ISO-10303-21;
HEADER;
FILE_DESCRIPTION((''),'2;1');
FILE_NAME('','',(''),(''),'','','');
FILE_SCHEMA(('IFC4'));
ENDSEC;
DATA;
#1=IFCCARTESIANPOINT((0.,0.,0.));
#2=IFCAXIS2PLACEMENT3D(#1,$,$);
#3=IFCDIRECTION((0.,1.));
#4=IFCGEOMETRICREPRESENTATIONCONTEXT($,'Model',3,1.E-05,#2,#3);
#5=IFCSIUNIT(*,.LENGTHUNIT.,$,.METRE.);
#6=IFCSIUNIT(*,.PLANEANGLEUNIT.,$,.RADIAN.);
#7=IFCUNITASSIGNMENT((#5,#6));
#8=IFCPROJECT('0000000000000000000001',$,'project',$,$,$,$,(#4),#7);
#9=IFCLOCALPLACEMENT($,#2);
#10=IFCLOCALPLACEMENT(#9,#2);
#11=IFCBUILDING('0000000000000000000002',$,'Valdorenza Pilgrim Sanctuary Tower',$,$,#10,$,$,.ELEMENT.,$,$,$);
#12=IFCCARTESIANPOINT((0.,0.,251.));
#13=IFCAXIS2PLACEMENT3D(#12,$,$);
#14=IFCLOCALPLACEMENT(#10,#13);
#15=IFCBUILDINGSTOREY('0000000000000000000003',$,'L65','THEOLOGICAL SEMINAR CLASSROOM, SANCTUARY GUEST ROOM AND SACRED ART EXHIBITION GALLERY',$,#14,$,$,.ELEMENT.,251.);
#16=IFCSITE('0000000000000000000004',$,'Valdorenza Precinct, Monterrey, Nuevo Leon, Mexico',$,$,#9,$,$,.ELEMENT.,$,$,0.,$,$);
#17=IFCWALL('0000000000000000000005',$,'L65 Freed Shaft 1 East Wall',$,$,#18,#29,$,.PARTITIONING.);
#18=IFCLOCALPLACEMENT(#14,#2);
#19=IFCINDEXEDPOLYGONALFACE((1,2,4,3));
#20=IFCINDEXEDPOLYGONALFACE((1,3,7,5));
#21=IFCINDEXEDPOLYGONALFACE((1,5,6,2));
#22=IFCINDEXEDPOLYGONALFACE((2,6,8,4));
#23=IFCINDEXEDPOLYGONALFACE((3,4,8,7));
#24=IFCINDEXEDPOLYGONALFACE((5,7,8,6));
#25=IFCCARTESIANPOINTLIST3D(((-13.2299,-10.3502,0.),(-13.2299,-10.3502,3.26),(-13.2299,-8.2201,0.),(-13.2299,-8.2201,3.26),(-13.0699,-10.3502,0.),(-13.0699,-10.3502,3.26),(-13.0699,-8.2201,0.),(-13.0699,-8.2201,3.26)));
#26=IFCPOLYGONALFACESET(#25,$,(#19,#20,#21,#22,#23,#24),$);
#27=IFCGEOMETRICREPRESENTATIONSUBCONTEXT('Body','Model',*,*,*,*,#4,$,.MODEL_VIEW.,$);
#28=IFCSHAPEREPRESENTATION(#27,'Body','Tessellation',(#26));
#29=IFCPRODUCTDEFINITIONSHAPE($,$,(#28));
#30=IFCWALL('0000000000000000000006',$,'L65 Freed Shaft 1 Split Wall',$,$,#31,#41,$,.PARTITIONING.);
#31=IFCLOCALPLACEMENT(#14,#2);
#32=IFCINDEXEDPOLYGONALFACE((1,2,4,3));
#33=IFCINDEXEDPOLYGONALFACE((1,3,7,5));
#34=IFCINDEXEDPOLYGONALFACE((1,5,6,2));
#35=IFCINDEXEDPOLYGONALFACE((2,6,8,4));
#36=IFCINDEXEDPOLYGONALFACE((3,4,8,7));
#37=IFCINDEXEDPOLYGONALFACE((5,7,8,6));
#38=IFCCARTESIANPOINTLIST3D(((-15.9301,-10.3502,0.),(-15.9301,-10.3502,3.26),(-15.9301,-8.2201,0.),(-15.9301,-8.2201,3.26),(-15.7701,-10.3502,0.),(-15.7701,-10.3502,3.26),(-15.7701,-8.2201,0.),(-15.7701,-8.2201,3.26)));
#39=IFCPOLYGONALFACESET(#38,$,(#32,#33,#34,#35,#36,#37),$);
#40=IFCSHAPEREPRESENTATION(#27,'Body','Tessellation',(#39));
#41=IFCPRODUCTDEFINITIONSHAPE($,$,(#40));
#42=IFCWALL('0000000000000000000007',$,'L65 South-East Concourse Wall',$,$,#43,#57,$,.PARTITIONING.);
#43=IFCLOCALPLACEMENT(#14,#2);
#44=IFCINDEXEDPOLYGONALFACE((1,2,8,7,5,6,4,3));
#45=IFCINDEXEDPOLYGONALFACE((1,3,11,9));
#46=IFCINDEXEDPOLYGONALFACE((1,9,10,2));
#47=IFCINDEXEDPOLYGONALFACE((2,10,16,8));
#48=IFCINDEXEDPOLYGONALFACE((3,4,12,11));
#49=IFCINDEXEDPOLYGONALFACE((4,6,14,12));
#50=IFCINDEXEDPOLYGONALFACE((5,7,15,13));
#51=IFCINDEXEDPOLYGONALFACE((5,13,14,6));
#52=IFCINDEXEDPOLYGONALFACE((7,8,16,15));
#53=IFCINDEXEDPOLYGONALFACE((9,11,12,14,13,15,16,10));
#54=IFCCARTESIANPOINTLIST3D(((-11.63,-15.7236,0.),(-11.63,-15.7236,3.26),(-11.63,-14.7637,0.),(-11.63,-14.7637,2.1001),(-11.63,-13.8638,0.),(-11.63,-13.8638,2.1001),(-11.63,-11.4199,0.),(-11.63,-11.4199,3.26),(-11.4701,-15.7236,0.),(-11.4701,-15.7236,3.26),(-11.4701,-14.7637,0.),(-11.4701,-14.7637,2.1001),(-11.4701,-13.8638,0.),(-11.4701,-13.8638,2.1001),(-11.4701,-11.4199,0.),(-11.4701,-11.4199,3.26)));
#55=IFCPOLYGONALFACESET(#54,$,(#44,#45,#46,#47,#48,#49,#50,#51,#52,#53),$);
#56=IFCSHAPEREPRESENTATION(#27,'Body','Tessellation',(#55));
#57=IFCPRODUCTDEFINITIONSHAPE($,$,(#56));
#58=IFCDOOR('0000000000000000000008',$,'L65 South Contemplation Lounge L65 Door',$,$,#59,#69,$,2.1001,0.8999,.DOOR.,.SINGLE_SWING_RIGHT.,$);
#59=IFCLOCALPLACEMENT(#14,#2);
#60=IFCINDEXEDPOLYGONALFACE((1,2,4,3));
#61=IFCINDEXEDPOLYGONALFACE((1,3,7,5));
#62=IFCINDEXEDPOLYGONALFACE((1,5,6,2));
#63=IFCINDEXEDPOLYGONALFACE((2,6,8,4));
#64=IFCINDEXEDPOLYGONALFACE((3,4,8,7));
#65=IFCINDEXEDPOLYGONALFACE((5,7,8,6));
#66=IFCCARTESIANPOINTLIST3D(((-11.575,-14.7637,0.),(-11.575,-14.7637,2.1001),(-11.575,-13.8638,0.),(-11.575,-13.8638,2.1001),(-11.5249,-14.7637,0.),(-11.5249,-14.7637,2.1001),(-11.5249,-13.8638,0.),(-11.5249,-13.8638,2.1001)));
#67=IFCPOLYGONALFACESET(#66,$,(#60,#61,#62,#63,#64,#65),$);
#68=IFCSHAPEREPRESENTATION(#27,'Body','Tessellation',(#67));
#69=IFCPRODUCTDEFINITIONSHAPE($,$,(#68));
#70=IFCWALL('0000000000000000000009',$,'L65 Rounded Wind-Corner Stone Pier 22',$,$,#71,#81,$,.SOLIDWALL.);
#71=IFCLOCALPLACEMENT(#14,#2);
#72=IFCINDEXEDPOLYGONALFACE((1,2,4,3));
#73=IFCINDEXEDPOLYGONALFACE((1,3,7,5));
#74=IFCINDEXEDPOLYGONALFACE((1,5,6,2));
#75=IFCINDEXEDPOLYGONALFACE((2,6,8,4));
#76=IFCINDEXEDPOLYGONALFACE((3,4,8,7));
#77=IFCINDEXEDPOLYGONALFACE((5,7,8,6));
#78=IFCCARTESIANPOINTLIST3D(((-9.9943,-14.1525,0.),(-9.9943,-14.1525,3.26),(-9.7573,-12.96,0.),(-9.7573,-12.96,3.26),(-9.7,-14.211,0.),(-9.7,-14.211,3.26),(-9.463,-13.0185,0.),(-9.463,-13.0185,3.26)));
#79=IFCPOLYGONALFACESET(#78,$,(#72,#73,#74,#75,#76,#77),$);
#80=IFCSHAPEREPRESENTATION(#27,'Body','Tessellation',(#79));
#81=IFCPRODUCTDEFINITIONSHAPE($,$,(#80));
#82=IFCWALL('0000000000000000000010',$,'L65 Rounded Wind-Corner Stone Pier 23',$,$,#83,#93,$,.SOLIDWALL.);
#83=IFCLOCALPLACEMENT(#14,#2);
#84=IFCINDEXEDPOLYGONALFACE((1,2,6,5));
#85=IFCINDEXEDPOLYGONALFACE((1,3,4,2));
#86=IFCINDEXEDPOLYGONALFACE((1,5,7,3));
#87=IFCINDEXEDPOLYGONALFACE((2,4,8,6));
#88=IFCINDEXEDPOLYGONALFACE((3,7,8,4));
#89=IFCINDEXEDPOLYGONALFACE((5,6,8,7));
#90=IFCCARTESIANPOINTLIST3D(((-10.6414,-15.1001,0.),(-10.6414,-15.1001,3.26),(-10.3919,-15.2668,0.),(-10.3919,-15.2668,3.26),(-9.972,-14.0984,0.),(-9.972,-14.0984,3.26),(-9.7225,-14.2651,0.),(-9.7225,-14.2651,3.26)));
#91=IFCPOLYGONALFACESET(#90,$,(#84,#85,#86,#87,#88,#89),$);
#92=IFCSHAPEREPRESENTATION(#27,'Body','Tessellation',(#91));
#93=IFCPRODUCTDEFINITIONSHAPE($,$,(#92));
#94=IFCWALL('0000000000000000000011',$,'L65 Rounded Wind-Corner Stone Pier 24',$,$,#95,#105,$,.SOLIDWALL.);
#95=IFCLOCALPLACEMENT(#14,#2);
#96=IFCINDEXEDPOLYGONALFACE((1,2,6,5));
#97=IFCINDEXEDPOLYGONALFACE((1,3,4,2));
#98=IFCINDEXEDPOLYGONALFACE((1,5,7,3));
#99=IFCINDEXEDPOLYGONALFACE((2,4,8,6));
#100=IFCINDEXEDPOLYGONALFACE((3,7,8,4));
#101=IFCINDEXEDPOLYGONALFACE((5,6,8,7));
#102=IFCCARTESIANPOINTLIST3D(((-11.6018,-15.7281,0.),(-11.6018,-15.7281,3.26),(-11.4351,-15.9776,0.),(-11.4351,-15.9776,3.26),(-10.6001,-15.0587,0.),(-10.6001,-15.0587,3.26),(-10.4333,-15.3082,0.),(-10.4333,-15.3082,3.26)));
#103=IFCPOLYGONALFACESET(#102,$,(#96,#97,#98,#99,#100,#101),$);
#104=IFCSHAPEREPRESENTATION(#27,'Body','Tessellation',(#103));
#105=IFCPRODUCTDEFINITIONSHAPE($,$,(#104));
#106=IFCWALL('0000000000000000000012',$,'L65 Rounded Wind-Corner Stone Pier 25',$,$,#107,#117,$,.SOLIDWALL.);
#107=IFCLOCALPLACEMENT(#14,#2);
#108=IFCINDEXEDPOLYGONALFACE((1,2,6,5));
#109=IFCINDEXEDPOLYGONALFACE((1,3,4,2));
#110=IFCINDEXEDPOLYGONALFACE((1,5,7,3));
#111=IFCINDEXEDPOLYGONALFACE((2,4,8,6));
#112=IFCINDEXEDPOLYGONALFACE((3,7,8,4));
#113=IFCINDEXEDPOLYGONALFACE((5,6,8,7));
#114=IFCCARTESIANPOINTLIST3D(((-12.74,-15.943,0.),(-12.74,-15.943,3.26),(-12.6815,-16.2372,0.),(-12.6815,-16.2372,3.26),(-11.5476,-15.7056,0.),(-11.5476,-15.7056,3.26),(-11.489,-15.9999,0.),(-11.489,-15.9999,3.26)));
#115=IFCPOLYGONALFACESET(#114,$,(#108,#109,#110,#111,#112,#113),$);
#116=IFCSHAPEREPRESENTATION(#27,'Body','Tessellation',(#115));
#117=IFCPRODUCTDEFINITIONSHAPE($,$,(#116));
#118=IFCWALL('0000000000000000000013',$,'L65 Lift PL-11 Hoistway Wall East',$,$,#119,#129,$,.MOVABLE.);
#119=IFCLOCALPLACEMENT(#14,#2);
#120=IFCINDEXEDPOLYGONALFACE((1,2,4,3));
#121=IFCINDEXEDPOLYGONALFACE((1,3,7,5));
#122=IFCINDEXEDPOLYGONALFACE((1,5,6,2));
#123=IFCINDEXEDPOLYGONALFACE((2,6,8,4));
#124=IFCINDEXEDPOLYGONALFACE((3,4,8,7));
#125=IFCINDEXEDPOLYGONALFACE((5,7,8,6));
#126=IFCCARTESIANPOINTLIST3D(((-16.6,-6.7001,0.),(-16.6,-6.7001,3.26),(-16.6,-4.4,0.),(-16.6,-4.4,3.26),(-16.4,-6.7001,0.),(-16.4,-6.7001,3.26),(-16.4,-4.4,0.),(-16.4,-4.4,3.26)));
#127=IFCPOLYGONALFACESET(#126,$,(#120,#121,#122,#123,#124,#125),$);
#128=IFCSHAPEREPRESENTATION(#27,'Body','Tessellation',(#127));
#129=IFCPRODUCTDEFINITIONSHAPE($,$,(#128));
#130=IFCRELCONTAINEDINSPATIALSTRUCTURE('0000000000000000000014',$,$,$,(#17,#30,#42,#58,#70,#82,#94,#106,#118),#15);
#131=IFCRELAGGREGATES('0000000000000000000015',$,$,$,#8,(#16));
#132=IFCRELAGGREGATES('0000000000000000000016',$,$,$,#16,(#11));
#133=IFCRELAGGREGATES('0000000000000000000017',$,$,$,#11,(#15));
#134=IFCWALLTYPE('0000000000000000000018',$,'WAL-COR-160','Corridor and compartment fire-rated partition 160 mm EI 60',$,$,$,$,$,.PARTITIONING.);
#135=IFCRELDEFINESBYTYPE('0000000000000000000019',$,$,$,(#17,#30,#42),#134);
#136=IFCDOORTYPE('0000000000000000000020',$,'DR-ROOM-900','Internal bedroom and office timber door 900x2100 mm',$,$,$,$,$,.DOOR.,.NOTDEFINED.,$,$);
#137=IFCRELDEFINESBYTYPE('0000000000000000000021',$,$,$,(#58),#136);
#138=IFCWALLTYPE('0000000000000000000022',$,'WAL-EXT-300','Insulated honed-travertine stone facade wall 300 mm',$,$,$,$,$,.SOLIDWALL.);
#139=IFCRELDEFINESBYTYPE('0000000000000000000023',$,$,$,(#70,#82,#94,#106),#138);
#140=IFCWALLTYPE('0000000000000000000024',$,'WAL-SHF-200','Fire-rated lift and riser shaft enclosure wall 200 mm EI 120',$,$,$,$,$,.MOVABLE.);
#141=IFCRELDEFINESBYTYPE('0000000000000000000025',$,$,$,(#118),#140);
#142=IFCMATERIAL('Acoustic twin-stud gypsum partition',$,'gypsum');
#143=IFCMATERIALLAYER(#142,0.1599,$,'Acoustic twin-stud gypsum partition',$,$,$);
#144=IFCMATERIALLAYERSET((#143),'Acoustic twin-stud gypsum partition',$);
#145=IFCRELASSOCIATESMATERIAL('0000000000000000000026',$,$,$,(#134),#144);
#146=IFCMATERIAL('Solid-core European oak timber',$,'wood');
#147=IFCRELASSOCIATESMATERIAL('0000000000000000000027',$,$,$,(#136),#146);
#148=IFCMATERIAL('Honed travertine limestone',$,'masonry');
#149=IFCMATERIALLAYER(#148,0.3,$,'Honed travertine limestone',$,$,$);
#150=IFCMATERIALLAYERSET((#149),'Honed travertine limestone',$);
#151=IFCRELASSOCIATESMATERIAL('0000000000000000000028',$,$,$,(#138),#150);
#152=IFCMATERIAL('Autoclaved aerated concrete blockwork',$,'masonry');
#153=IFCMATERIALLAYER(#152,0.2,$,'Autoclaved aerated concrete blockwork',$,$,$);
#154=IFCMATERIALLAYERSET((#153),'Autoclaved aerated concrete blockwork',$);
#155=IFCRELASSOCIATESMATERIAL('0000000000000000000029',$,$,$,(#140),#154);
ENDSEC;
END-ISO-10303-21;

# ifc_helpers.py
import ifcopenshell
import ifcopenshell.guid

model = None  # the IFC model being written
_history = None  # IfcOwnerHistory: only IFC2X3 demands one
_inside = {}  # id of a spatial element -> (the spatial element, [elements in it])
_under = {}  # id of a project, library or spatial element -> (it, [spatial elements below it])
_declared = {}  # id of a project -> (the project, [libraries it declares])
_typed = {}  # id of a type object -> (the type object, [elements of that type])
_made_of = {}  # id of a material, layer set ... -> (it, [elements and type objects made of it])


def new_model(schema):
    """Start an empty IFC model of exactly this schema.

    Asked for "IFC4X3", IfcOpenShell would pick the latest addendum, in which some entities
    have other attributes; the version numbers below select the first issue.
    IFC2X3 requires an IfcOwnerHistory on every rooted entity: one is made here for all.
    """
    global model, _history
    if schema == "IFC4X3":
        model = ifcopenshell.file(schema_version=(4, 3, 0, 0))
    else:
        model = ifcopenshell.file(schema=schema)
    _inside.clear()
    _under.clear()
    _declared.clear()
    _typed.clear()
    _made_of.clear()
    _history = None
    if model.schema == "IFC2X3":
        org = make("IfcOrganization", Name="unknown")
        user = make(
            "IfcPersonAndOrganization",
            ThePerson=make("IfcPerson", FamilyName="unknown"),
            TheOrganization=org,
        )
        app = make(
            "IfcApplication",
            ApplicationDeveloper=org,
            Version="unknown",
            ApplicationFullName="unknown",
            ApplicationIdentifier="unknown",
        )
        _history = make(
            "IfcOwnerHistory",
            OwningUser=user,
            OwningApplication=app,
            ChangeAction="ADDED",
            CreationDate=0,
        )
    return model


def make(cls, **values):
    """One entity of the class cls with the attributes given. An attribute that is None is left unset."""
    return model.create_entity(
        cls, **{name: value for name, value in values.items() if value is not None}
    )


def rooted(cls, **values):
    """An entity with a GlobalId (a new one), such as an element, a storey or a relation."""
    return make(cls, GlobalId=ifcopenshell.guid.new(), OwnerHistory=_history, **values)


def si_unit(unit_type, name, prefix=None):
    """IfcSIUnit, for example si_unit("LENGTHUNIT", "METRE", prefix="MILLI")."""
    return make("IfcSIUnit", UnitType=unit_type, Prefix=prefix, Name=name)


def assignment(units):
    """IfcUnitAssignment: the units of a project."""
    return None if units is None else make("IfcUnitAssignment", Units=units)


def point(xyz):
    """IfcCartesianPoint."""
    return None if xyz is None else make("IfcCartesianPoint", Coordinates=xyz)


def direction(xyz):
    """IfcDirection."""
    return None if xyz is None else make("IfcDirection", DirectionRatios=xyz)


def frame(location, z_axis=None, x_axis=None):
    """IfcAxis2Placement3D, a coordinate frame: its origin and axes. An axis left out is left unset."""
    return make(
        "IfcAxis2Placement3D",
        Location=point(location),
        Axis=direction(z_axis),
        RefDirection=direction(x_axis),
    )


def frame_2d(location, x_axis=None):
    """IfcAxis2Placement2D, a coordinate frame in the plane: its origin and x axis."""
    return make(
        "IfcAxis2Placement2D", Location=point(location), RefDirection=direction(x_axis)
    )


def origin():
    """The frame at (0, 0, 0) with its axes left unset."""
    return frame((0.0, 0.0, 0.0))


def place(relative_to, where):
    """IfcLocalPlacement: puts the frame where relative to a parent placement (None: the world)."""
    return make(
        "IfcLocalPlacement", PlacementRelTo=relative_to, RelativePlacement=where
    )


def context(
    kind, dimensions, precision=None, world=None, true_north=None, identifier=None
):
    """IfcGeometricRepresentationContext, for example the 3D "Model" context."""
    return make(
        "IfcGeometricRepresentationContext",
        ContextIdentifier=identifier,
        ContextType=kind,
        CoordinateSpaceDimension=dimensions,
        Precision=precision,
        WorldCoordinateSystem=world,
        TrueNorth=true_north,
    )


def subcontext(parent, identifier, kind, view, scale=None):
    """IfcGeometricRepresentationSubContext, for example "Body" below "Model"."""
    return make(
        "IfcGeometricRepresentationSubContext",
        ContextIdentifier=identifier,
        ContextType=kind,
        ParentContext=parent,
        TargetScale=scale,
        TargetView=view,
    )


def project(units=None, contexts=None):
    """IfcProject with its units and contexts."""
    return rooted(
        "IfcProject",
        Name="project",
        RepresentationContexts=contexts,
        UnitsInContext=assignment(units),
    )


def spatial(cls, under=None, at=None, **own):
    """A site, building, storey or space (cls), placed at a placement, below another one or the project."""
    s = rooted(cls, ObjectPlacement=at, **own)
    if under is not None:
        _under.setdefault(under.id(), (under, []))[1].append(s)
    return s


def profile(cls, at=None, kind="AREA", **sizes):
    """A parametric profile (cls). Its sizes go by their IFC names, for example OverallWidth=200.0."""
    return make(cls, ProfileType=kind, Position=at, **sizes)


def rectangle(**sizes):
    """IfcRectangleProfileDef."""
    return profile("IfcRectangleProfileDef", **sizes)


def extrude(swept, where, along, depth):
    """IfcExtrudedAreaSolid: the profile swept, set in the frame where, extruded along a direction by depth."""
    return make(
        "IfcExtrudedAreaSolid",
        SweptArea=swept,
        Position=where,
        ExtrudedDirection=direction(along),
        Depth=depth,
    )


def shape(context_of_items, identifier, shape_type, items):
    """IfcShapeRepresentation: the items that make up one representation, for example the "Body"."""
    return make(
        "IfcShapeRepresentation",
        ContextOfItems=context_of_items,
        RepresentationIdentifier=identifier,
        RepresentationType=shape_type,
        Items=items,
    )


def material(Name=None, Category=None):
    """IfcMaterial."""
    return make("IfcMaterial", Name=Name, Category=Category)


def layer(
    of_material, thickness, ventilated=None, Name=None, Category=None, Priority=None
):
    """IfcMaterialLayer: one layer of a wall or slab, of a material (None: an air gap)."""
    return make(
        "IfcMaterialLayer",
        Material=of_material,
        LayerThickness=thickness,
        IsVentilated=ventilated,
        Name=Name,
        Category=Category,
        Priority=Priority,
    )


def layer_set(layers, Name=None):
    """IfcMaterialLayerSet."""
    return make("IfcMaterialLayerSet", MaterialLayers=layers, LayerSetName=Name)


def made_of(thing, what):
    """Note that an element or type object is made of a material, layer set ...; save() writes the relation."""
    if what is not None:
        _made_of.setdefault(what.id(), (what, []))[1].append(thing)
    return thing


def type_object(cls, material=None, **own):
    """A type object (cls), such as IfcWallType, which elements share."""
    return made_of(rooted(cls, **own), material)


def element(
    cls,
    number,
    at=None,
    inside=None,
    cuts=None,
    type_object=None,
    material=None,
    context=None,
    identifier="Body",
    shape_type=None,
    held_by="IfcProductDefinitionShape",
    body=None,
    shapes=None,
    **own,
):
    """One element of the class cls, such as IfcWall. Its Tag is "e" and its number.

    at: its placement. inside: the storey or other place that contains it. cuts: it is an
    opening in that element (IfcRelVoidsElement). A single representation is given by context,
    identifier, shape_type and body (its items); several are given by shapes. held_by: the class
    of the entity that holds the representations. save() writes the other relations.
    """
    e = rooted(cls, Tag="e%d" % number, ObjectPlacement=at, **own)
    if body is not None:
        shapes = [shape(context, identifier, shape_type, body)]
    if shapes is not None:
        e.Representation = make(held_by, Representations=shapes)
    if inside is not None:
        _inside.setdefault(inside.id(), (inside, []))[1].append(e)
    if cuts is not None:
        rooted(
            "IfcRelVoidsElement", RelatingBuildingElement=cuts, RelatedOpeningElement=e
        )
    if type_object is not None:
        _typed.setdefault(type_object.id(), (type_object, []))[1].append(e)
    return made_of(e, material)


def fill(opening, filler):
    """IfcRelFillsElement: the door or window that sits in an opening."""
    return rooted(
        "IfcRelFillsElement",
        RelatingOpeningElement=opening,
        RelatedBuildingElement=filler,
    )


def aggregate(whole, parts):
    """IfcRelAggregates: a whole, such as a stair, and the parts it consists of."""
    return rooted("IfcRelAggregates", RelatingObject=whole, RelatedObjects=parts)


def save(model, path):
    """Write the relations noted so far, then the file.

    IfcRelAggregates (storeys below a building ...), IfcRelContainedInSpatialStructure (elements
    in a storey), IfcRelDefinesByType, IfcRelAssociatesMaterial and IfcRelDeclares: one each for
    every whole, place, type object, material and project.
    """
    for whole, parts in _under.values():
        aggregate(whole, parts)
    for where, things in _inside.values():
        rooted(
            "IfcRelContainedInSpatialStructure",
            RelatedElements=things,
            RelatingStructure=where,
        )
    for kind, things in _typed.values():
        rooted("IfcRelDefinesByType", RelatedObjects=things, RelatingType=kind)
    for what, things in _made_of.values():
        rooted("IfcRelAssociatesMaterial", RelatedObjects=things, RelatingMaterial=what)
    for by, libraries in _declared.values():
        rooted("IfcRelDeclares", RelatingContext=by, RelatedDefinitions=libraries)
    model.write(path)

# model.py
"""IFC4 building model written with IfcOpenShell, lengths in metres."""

from ifc_helpers import new_model, si_unit, direction, frame, frame_2d, origin, place, context, subcontext, project, spatial, rectangle, extrude, material, layer, layer_set, type_object, element, fill, save


model = new_model("IFC4")

# Units and contexts
model_context = context("Model", 3, precision=1e-05, world=origin(), true_north=direction((0.0, 1.0)))
body_context = subcontext(model_context, "Body", "Model", "MODEL_VIEW")
ifc_project = project(units=[si_unit("LENGTHUNIT", "METRE"), si_unit("PLANEANGLEUNIT", "RADIAN")], contexts=[model_context])

# Site, building, storey
site_placement = place(None, origin())
site = spatial("IfcSite", under=ifc_project, at=site_placement, Name="Valdorenza Precinct, Monterrey, Nuevo Leon, Mexico", CompositionType="ELEMENT", RefElevation=0.0)
building_placement = place(site_placement, origin())
building = spatial("IfcBuilding", under=site, at=building_placement, Name="Valdorenza Pilgrim Sanctuary Tower", CompositionType="ELEMENT")
storey_placement = place(building_placement, frame((0.0, 0.0, 251.0)))
storey = spatial("IfcBuildingStorey", under=building, at=storey_placement, Name="L65", Description="THEOLOGICAL SEMINAR CLASSROOM, SANCTUARY GUEST ROOM AND SACRED ART EXHIBITION GALLERY", CompositionType="ELEMENT", Elevation=251.0)

# Shared definitions
ifc_material_1 = material(Name="Honed travertine limestone", Category="masonry")

# Walls
ifc_material_2 = material(Name="Acoustic twin-stud gypsum partition", Category="gypsum")
ifc_layer_1 = layer(ifc_material_2, 0.1599, Name="Acoustic twin-stud gypsum partition")
ifc_layer_set_1 = layer_set([ifc_layer_1], Name="Acoustic twin-stud gypsum partition")
wall_type_1 = type_object("IfcWallType", Name="WAL-COR-160", Description="Corridor and compartment fire-rated partition 160 mm EI 60", PredefinedType="PARTITIONING", material=ifc_layer_set_1)
for number, where, z_axis, x_axis, name in (
    (1, (-13.1499, -10.3501, 0.0), (0.0, 0.0, 1.0), (0.0, 1.0, 0.0), "L65 Freed Shaft 1 East Wall"),
    (2, (-15.8501, -10.3501, 0.0), (0.0, 0.0, 1.0), (0.0, 1.0, 0.0), "L65 Freed Shaft 1 Split Wall"),
):
    element("IfcWall", number, at=place(storey_placement, frame(where, z_axis=z_axis, x_axis=x_axis)), inside=storey, type_object=wall_type_1, Name=name, PredefinedType="PARTITIONING", context=body_context, shape_type="SweptSolid", body=[
        extrude(rectangle(XDim=2.1301, YDim=0.1599, at=frame_2d((1.0649, 0.0))), origin(), (0.0, 0.0, 1.0), 3.26),
    ])

# Wall, opening, door
wall_1_placement = place(storey_placement, frame((-11.55, -15.7236, 0.0), z_axis=(0.0, 0.0, 1.0), x_axis=(0.0, 1.0, 0.0)))
wall_1 = element("IfcWall", 3, at=wall_1_placement, inside=storey, type_object=wall_type_1, Name="L65 South-East Concourse Wall", PredefinedType="PARTITIONING", context=body_context, shape_type="SweptSolid", body=[
    extrude(rectangle(XDim=4.3037, YDim=0.1599, at=frame_2d((2.1519, 0.0))), origin(), (0.0, 0.0, 1.0), 3.26),
])
opening_placement = place(wall_1_placement, frame((0.96, 0.0, 0.0)))
opening = element("IfcOpeningElement", 4, at=opening_placement, cuts=wall_1, PredefinedType="OPENING", context=body_context, shape_type="SweptSolid", body=[
    extrude(rectangle(XDim=0.8999, YDim=2.1001, at=frame_2d((0.45, 1.05))), frame((0.0, 0.0947, 0.0), z_axis=(0.0, -1.0, 0.0), x_axis=(1.0, 0.0, 0.0)), (0.0, 0.0, 1.0), 0.1897),
])
ifc_material_3 = material(Name="Solid-core European oak timber", Category="wood")
door_type = type_object("IfcDoorType", Name="DR-ROOM-900", Description="Internal bedroom and office timber door 900x2100 mm", OperationType="NOTDEFINED", PredefinedType="DOOR", material=ifc_material_3)
door_placement = place(opening_placement, origin())
door = element("IfcDoor", 5, at=door_placement, inside=storey, type_object=door_type, Name="L65 South Contemplation Lounge L65 Door", OperationType="SINGLE_SWING_RIGHT", OverallHeight=2.1001, OverallWidth=0.8999, PredefinedType="DOOR", context=body_context, shape_type="SweptSolid", body=[
    extrude(rectangle(XDim=0.8999, YDim=2.1001, at=frame_2d((0.45, 1.05))), frame((0.0, 0.0249, 0.0), z_axis=(0.0, -1.0, 0.0), x_axis=(1.0, 0.0, 0.0)), (0.0, 0.0, 1.0), 0.05),
])
fill(opening, door)

# Walls
ifc_layer_2 = layer(ifc_material_1, 0.3, Name="Honed travertine limestone")
ifc_layer_set_2 = layer_set([ifc_layer_2], Name="Honed travertine limestone")
wall_type_2 = type_object("IfcWallType", Name="WAL-EXT-300", Description="Insulated honed-travertine stone facade wall 300 mm", PredefinedType="SOLIDWALL", material=ifc_layer_set_2)
wall_2_placement = place(storey_placement, frame((-9.6101, -12.9893, 0.0), z_axis=(0.0, 0.0, 1.0), x_axis=(-0.194996, -0.980804, 0.0)))
element("IfcWall", 6, at=wall_2_placement, inside=storey, type_object=wall_type_2, Name="L65 Rounded Wind-Corner Stone Pier 22", PredefinedType="SOLIDWALL", context=body_context, shape_type="SweptSolid", body=[
    extrude(rectangle(XDim=1.2158, YDim=0.3, at=frame_2d((0.6079, 0.0))), origin(), (0.0, 0.0, 1.0), 3.26),
])
for number, where, z_axis, x_axis, name in (
    (7, (-9.8472, -14.1816, 0.0), (0.0, 0.0, 1.0), (-0.555635, -0.831426, 0.0), "L65 Rounded Wind-Corner Stone Pier 23"),
    (8, (-10.5166, -15.1833, 0.0), (0.0, 0.0, 1.0), (-0.831426, -0.555635, 0.0), "L65 Rounded Wind-Corner Stone Pier 24"),
):
    element("IfcWall", number, at=place(storey_placement, frame(where, z_axis=z_axis, x_axis=x_axis)), inside=storey, type_object=wall_type_2, Name=name, PredefinedType="SOLIDWALL", context=body_context, shape_type="SweptSolid", body=[
        extrude(rectangle(XDim=1.2048, YDim=0.3, at=frame_2d((0.6025, 0.0))), origin(), (0.0, 0.0, 1.0), 3.26),
    ])
wall_3_placement = place(storey_placement, frame((-11.5183, -15.8528, 0.0), z_axis=(0.0, 0.0, 1.0), x_axis=(-0.980766, -0.195189, 0.0)))
element("IfcWall", 9, at=wall_3_placement, inside=storey, type_object=wall_type_2, Name="L65 Rounded Wind-Corner Stone Pier 25", PredefinedType="SOLIDWALL", context=body_context, shape_type="SweptSolid", body=[
    extrude(rectangle(XDim=1.2158, YDim=0.3, at=frame_2d((0.6079, 0.0))), origin(), (0.0, 0.0, 1.0), 3.26),
])
ifc_material_4 = material(Name="Autoclaved aerated concrete blockwork", Category="masonry")
ifc_layer_3 = layer(ifc_material_4, 0.2, Name="Autoclaved aerated concrete blockwork")
ifc_layer_set_3 = layer_set([ifc_layer_3], Name="Autoclaved aerated concrete blockwork")
wall_type_3 = type_object("IfcWallType", Name="WAL-SHF-200", Description="Fire-rated lift and riser shaft enclosure wall 200 mm EI 120", PredefinedType="MOVABLE", material=ifc_layer_set_3)
wall_4_placement = place(storey_placement, frame((-16.5, -6.7, 0.0), z_axis=(0.0, 0.0, 1.0), x_axis=(0.0, 1.0, 0.0)))
element("IfcWall", 10, at=wall_4_placement, inside=storey, type_object=wall_type_3, Name="L65 Lift PL-11 Hoistway Wall East", PredefinedType="MOVABLE", context=body_context, shape_type="SweptSolid", body=[
    extrude(rectangle(XDim=2.3, YDim=0.2, at=frame_2d((1.1499, 0.0))), origin(), (0.0, 0.0, 1.0), 3.26),
])

save(model, "model.ifc")
